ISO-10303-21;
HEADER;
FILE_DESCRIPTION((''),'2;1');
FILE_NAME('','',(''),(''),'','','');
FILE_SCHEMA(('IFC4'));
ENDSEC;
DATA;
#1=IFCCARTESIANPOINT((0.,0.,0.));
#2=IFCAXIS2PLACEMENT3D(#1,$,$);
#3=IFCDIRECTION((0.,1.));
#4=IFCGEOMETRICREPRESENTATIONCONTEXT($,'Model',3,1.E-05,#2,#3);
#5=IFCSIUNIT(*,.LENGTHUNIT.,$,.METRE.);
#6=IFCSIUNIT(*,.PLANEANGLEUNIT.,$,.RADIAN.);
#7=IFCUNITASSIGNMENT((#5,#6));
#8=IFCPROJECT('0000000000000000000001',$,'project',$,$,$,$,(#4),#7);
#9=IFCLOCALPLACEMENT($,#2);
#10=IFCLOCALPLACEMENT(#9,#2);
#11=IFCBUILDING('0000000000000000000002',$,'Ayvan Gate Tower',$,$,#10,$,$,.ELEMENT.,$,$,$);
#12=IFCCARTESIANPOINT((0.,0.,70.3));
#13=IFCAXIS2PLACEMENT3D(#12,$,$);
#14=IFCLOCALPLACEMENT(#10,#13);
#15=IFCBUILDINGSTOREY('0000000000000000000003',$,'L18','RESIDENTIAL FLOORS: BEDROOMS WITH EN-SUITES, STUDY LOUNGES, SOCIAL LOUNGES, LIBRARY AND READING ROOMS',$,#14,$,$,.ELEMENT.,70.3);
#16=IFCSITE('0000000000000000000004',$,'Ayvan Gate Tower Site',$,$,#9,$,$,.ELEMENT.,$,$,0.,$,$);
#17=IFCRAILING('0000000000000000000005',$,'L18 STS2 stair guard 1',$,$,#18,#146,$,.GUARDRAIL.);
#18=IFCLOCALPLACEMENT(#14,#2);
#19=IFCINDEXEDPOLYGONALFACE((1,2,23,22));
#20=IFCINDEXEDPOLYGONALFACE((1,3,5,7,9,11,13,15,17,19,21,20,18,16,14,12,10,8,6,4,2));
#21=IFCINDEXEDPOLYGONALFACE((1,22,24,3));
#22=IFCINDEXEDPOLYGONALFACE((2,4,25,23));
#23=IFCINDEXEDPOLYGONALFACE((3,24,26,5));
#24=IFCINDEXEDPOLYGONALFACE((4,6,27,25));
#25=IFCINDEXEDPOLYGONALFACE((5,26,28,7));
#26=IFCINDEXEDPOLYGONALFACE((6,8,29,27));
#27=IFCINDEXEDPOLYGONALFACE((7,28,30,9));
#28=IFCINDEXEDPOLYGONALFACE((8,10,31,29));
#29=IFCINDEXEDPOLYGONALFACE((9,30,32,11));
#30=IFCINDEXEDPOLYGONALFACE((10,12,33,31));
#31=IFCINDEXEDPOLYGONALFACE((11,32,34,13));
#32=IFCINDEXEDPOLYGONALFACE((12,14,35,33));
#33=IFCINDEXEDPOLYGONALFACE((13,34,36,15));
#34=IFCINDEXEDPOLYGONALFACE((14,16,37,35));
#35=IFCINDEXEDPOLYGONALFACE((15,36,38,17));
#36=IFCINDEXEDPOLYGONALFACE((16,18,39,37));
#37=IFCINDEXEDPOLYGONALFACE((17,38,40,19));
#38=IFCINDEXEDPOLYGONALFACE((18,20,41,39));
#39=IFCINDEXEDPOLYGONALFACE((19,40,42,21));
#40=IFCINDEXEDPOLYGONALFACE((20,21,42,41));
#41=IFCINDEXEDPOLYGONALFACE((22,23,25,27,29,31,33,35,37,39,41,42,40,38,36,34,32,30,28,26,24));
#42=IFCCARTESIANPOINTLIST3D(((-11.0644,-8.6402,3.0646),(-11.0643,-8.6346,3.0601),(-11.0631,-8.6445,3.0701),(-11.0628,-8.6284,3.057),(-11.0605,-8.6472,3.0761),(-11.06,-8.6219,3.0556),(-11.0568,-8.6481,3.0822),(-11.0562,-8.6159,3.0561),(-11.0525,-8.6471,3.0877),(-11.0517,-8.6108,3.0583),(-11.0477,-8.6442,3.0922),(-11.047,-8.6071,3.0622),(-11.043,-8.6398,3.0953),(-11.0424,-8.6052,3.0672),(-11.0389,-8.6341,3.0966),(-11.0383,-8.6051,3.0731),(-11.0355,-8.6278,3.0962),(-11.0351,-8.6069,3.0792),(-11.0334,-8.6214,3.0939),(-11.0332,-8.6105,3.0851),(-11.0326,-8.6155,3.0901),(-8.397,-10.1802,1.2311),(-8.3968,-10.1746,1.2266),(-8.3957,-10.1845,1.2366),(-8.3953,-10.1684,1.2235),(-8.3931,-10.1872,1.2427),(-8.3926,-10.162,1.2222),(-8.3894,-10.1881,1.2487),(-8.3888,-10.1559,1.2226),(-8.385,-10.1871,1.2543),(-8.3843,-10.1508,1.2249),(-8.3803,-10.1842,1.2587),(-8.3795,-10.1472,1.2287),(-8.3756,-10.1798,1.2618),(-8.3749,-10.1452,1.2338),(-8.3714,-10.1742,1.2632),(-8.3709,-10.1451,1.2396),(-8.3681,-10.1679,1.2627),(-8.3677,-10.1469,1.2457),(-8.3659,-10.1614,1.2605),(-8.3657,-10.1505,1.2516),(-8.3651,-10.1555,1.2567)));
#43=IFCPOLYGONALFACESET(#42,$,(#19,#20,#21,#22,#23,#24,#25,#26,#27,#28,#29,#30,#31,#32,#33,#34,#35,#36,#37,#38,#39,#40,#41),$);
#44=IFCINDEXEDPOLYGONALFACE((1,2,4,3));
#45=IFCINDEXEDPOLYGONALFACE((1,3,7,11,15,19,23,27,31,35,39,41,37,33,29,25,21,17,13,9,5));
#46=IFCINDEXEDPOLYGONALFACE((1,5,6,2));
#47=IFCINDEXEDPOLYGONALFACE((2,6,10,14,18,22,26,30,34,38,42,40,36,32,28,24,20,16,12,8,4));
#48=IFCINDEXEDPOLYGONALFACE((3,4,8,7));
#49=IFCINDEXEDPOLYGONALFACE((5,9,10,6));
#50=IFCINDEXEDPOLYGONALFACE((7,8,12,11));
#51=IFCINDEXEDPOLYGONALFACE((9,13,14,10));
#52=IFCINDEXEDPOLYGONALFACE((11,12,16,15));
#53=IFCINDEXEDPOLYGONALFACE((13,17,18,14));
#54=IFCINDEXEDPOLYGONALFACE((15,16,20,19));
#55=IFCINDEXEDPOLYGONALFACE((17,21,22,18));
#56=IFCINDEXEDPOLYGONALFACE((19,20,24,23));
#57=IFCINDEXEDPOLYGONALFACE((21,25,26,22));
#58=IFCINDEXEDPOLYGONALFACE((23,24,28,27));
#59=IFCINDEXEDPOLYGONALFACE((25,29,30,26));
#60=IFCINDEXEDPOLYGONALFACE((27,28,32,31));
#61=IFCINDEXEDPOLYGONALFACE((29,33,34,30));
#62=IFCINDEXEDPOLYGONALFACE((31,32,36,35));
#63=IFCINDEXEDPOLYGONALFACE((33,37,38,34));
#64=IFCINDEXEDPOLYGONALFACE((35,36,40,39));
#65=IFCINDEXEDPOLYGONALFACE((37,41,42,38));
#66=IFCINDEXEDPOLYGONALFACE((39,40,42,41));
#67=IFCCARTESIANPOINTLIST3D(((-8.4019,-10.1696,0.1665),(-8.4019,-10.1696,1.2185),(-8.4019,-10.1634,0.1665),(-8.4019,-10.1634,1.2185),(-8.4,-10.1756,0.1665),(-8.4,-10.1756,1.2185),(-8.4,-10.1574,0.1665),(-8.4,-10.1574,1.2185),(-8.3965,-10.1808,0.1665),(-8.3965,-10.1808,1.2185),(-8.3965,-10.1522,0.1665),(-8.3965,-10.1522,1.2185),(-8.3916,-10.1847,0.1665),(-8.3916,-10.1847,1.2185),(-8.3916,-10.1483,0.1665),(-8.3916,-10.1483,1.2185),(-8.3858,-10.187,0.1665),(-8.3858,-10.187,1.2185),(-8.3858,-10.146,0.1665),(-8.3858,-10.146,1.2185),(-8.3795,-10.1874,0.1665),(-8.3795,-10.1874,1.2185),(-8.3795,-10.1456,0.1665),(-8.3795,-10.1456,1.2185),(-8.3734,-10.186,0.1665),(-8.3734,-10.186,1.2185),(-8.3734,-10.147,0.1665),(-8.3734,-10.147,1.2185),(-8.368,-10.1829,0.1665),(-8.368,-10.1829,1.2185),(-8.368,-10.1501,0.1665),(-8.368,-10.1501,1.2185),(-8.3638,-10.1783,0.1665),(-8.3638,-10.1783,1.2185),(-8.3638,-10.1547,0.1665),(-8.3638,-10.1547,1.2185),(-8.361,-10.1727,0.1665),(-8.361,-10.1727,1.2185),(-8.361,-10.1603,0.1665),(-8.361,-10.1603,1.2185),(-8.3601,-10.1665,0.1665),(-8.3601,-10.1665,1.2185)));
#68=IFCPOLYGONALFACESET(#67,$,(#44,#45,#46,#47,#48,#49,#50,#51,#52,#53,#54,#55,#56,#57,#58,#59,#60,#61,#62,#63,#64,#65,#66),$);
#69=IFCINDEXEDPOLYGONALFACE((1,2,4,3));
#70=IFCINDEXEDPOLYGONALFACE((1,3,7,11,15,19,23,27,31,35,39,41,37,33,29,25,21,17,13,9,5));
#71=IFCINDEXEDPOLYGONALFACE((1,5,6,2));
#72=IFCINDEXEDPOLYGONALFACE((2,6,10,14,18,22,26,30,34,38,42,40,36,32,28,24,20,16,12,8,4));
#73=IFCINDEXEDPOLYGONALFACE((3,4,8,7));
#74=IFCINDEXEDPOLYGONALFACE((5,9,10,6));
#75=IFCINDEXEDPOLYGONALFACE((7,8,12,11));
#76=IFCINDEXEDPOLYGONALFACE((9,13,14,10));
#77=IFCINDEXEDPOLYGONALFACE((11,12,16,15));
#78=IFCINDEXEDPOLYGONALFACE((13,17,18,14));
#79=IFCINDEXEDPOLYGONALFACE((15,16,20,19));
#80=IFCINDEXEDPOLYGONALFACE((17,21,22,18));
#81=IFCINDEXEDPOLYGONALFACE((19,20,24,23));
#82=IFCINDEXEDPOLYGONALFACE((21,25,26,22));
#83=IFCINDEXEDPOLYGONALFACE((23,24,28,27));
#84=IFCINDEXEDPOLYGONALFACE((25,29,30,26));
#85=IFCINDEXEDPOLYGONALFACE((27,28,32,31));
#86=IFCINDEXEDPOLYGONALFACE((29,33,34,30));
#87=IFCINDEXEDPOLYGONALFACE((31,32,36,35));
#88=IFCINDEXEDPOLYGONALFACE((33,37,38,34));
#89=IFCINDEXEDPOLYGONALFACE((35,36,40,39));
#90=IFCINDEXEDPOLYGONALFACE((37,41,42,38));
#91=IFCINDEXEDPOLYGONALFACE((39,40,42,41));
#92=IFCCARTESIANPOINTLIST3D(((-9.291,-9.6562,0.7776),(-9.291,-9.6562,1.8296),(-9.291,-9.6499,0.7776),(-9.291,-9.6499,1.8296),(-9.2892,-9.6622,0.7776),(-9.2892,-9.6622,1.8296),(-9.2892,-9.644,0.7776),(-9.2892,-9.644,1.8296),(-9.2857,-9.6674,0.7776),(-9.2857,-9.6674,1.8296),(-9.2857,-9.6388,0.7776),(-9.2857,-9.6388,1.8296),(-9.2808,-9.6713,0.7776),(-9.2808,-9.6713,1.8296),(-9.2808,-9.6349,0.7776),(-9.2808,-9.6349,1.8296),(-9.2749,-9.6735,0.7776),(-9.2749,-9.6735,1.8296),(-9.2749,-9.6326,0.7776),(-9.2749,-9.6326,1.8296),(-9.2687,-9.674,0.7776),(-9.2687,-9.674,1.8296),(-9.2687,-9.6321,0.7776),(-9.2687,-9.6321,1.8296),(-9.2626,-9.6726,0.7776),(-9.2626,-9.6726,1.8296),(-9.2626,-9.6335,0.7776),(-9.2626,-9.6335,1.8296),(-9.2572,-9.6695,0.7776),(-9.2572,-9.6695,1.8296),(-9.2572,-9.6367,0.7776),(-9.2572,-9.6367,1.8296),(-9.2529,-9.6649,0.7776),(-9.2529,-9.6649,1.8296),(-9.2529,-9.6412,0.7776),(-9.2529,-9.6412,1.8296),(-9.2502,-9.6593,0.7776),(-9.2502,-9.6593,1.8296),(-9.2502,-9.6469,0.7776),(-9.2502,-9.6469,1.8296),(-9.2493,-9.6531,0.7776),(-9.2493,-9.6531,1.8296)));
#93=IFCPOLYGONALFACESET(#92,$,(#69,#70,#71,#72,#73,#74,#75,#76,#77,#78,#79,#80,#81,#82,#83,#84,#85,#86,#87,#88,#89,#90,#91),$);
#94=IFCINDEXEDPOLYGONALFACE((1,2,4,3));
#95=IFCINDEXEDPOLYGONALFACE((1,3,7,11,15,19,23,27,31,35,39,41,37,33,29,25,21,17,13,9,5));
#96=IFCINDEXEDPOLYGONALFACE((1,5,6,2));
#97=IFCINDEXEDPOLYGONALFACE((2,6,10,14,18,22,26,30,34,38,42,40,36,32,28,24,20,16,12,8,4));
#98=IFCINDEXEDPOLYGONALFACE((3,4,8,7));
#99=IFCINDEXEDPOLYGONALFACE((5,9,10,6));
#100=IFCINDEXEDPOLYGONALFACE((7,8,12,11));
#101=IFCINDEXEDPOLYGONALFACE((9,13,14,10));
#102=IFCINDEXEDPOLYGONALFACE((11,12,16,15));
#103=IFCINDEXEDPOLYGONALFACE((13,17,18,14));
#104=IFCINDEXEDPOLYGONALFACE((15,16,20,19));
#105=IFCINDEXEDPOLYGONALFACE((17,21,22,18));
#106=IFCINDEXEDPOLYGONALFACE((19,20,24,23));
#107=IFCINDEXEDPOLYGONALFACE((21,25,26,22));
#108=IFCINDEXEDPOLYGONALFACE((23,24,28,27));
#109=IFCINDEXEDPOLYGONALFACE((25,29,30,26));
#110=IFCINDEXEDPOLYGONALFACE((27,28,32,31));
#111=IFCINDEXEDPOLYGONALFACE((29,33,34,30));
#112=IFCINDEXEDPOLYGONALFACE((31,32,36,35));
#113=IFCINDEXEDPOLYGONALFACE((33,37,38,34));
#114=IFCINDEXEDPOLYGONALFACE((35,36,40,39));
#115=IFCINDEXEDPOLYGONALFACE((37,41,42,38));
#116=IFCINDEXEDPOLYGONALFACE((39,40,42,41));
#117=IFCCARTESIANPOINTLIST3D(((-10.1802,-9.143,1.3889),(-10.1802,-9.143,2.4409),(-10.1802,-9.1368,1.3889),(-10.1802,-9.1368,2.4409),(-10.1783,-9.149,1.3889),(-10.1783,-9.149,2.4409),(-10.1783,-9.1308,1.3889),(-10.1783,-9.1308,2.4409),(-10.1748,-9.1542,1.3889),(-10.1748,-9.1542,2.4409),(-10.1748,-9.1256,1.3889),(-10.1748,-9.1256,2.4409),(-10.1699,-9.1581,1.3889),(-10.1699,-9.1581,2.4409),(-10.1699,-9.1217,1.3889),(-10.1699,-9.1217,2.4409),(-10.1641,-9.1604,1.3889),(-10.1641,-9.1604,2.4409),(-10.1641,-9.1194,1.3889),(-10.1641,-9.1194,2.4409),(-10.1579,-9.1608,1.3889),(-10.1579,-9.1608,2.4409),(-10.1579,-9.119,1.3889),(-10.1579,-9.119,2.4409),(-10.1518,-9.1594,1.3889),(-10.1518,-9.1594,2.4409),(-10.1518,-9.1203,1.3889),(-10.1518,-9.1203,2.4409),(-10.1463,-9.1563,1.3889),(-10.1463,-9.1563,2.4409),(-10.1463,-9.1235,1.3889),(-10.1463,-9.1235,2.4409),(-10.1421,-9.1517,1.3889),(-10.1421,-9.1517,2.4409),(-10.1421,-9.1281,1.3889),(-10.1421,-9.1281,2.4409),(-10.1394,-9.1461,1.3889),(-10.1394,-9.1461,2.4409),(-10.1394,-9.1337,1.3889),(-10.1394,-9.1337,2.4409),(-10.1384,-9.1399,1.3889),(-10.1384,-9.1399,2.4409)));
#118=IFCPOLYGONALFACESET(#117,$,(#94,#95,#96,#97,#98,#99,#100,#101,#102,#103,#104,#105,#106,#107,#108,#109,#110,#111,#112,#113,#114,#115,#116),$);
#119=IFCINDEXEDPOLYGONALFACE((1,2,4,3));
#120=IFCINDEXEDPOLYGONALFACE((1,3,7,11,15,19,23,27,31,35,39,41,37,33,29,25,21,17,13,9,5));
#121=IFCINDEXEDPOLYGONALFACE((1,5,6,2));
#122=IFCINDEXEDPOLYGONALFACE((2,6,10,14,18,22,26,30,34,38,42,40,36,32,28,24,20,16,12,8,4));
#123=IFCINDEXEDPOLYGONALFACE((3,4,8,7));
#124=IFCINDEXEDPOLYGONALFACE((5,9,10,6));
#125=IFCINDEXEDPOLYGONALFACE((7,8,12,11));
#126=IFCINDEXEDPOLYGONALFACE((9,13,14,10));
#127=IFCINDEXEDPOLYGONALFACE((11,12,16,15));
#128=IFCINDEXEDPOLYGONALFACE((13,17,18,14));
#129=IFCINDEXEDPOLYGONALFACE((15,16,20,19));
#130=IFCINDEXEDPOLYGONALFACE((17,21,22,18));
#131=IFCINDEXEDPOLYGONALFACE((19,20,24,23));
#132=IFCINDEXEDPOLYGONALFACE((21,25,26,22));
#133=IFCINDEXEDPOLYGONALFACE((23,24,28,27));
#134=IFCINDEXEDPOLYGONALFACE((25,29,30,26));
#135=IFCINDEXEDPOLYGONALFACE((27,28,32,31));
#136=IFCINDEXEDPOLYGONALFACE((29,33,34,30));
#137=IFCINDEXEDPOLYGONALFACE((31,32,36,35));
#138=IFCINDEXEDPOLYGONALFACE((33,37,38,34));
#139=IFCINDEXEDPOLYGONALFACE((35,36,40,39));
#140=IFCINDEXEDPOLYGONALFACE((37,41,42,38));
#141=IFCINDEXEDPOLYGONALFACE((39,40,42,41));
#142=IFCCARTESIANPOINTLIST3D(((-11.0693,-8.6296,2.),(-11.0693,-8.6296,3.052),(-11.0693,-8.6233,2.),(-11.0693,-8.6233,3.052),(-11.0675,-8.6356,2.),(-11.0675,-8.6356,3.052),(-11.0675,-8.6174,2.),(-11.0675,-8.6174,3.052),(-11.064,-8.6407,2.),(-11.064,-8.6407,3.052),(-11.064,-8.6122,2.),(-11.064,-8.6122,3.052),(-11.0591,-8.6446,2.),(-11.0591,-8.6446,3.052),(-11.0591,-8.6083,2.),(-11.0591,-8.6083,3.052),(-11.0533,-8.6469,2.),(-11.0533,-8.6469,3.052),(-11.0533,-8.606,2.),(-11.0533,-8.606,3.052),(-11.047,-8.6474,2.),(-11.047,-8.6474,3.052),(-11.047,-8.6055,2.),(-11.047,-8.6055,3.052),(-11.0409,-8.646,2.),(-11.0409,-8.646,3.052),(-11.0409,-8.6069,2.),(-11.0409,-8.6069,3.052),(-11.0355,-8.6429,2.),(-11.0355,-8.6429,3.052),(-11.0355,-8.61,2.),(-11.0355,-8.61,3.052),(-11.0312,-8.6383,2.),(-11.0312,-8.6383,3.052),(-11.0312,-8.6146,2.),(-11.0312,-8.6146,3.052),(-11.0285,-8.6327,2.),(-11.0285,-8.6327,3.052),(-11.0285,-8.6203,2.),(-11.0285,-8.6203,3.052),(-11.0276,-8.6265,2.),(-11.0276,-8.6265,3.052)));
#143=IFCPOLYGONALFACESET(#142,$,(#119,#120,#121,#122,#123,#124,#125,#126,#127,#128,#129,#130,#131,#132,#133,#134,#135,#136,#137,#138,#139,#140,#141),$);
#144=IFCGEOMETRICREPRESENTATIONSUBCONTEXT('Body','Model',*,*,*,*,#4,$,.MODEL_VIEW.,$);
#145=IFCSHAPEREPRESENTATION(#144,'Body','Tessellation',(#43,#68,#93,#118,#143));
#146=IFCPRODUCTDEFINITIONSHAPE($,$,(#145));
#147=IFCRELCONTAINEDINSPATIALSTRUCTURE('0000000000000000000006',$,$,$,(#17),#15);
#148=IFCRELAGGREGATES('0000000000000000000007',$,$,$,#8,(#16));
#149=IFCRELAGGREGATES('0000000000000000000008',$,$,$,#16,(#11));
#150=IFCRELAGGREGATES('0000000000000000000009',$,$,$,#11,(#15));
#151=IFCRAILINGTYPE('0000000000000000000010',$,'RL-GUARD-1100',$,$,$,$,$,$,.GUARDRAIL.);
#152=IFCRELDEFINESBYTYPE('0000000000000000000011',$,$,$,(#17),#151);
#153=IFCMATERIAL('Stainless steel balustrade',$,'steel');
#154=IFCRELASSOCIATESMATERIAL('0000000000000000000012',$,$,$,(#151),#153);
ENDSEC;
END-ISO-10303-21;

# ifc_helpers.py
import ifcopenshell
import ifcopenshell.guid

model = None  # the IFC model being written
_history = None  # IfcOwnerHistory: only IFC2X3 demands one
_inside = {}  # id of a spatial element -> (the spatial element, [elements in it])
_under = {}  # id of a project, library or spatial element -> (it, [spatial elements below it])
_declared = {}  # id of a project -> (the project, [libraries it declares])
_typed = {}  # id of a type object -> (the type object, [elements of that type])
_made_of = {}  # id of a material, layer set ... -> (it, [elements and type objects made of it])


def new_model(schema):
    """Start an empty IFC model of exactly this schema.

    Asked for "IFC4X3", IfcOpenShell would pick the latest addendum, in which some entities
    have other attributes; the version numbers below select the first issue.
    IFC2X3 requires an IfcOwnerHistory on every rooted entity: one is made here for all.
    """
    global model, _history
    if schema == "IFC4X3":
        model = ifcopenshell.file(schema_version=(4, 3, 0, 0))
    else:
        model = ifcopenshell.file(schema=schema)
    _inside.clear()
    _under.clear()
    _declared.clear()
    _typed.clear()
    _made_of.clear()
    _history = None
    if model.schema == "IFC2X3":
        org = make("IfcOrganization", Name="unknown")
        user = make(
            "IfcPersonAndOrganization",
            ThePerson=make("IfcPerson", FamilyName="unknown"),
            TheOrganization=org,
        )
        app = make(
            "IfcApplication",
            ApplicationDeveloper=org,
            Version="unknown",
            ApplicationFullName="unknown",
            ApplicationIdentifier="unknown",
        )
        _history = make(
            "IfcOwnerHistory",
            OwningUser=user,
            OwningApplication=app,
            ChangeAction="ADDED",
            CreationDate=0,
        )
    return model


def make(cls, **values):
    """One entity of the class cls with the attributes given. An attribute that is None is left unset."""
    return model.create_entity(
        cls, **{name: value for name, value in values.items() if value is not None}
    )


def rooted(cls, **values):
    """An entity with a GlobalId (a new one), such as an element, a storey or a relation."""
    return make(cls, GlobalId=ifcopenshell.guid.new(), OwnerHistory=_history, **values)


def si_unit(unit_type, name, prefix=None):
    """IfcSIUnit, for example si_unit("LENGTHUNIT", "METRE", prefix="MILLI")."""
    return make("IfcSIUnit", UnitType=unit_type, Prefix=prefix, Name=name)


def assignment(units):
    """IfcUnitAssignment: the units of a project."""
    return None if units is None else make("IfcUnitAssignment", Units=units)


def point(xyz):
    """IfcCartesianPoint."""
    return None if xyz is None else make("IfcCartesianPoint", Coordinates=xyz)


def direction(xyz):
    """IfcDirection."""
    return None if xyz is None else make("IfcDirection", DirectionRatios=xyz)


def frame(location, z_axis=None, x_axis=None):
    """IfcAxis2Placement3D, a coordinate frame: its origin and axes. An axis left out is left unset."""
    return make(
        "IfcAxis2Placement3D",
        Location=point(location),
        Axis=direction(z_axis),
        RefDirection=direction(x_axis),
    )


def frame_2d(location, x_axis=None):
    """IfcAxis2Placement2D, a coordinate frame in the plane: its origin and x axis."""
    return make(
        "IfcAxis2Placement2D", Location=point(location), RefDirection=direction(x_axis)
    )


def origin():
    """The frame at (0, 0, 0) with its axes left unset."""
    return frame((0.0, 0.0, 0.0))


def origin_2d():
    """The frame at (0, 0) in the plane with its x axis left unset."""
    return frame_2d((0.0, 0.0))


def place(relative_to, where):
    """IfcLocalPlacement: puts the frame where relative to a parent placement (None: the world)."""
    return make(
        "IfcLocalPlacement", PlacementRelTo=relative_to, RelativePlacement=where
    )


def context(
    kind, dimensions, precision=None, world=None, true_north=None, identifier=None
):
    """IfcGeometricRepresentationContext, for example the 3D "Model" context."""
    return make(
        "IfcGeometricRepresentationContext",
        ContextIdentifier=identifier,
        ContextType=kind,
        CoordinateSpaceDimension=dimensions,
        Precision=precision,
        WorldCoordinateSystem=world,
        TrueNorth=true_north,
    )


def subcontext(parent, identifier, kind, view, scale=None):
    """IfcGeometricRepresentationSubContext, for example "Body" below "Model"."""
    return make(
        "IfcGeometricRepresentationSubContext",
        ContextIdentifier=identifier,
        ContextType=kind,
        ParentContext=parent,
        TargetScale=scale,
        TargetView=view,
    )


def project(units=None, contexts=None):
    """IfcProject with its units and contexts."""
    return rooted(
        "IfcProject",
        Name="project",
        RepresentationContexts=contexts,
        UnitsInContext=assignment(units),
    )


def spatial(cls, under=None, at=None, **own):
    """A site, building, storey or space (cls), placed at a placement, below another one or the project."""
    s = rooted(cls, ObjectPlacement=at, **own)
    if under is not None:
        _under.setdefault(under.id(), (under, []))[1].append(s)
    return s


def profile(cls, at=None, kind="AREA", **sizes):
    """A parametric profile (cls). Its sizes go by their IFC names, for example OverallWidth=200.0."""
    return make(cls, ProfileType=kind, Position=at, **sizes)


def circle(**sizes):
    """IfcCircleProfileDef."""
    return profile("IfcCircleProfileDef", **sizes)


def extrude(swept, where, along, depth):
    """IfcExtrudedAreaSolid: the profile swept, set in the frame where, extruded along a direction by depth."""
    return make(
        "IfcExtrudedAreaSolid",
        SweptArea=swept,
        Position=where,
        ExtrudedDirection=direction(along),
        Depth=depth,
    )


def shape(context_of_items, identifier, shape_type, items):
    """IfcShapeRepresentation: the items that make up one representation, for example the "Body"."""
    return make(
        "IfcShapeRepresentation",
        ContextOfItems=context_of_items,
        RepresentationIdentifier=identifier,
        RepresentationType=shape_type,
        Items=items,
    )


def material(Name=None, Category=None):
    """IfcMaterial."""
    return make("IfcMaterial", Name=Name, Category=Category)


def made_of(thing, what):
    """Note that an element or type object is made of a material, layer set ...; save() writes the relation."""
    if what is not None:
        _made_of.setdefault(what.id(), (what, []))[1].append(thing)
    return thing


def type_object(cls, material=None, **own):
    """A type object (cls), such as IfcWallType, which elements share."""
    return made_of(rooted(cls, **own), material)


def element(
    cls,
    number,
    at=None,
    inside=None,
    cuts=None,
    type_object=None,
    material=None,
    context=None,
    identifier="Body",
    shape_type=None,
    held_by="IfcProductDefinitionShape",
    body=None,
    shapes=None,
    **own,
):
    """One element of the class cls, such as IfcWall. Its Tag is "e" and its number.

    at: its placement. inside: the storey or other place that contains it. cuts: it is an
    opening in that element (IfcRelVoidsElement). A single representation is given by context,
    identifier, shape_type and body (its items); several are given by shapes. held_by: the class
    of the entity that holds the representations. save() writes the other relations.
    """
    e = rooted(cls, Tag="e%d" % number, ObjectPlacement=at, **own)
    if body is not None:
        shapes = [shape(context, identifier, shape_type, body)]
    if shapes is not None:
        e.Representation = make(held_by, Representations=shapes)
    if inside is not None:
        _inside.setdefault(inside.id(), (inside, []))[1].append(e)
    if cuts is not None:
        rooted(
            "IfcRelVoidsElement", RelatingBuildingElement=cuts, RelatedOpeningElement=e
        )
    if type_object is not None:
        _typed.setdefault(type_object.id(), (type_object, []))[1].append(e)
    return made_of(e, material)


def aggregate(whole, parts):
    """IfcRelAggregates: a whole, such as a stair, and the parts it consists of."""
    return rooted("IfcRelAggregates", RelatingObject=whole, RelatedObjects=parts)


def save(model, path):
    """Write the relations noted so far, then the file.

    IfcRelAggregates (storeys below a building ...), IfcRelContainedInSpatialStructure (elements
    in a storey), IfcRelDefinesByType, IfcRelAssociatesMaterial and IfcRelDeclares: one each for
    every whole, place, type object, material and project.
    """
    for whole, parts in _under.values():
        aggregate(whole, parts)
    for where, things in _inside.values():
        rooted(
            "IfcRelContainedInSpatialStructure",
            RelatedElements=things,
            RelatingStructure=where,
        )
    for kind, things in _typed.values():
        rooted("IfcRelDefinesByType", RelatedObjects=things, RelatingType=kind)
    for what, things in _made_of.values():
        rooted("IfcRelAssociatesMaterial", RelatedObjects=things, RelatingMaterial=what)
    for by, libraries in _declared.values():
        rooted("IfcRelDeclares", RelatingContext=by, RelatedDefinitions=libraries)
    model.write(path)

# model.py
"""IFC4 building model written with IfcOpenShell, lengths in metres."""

from ifc_helpers import new_model, si_unit, direction, frame, origin, origin_2d, place, context, subcontext, project, spatial, circle, extrude, material, type_object, element, save


model = new_model("IFC4")

# Units and contexts
model_context = context("Model", 3, precision=1e-05, world=origin(), true_north=direction((0.0, 1.0)))
body_context = subcontext(model_context, "Body", "Model", "MODEL_VIEW")
ifc_project = project(units=[si_unit("LENGTHUNIT", "METRE"), si_unit("PLANEANGLEUNIT", "RADIAN")], contexts=[model_context])

# Site, building, storey
site_placement = place(None, origin())
site = spatial("IfcSite", under=ifc_project, at=site_placement, Name="Ayvan Gate Tower Site", CompositionType="ELEMENT", RefElevation=0.0)
building_placement = place(site_placement, origin())
building = spatial("IfcBuilding", under=site, at=building_placement, Name="Ayvan Gate Tower", CompositionType="ELEMENT")
storey_placement = place(building_placement, frame((0.0, 0.0, 70.3)))
storey = spatial("IfcBuildingStorey", under=building, at=storey_placement, Name="L18", Description="RESIDENTIAL FLOORS: BEDROOMS WITH EN-SUITES, STUDY LOUNGES, SOCIAL LOUNGES, LIBRARY AND READING ROOMS", CompositionType="ELEMENT", Elevation=70.3)

# Railing
ifc_material_1 = material(Name="Stainless steel balustrade", Category="steel")
railing_type_1 = type_object("IfcRailingType", Name="RL-GUARD-1100", PredefinedType="GUARDRAIL", material=ifc_material_1)
railing_1_placement = place(storey_placement, frame((-8.3811, -10.1665, 0.1665)))
element("IfcRailing", 1, at=railing_1_placement, inside=storey, type_object=railing_type_1, Name="L18 STS2 stair guard 1", PredefinedType="GUARDRAIL", context=body_context, shape_type="SweptSolid", body=[
    extrude(circle(Radius=0.0239, at=origin_2d()), frame((0.0, 0.0, 1.0762), z_axis=(-0.744164, 0.429634, 0.511502), x_axis=(-0.499992, -0.86603, 0.0)), (0.0, 0.0, 1.0), 3.5845),
    extrude(circle(Radius=0.021, at=origin_2d()), origin(), (0.0, 0.0, 1.0), 1.052),
    extrude(circle(Radius=0.021, at=origin_2d()), frame((-0.8892, 0.5134, 0.6111)), (0.0, 0.0, 1.0), 1.052),
    extrude(circle(Radius=0.021, at=origin_2d()), frame((-1.7783, 1.0266, 1.2224)), (0.0, 0.0, 1.0), 1.052),
    extrude(circle(Radius=0.021, at=origin_2d()), frame((-2.6675, 1.54, 1.8335)), (0.0, 0.0, 1.0), 1.052),
])

save(model, "model.ifc")
